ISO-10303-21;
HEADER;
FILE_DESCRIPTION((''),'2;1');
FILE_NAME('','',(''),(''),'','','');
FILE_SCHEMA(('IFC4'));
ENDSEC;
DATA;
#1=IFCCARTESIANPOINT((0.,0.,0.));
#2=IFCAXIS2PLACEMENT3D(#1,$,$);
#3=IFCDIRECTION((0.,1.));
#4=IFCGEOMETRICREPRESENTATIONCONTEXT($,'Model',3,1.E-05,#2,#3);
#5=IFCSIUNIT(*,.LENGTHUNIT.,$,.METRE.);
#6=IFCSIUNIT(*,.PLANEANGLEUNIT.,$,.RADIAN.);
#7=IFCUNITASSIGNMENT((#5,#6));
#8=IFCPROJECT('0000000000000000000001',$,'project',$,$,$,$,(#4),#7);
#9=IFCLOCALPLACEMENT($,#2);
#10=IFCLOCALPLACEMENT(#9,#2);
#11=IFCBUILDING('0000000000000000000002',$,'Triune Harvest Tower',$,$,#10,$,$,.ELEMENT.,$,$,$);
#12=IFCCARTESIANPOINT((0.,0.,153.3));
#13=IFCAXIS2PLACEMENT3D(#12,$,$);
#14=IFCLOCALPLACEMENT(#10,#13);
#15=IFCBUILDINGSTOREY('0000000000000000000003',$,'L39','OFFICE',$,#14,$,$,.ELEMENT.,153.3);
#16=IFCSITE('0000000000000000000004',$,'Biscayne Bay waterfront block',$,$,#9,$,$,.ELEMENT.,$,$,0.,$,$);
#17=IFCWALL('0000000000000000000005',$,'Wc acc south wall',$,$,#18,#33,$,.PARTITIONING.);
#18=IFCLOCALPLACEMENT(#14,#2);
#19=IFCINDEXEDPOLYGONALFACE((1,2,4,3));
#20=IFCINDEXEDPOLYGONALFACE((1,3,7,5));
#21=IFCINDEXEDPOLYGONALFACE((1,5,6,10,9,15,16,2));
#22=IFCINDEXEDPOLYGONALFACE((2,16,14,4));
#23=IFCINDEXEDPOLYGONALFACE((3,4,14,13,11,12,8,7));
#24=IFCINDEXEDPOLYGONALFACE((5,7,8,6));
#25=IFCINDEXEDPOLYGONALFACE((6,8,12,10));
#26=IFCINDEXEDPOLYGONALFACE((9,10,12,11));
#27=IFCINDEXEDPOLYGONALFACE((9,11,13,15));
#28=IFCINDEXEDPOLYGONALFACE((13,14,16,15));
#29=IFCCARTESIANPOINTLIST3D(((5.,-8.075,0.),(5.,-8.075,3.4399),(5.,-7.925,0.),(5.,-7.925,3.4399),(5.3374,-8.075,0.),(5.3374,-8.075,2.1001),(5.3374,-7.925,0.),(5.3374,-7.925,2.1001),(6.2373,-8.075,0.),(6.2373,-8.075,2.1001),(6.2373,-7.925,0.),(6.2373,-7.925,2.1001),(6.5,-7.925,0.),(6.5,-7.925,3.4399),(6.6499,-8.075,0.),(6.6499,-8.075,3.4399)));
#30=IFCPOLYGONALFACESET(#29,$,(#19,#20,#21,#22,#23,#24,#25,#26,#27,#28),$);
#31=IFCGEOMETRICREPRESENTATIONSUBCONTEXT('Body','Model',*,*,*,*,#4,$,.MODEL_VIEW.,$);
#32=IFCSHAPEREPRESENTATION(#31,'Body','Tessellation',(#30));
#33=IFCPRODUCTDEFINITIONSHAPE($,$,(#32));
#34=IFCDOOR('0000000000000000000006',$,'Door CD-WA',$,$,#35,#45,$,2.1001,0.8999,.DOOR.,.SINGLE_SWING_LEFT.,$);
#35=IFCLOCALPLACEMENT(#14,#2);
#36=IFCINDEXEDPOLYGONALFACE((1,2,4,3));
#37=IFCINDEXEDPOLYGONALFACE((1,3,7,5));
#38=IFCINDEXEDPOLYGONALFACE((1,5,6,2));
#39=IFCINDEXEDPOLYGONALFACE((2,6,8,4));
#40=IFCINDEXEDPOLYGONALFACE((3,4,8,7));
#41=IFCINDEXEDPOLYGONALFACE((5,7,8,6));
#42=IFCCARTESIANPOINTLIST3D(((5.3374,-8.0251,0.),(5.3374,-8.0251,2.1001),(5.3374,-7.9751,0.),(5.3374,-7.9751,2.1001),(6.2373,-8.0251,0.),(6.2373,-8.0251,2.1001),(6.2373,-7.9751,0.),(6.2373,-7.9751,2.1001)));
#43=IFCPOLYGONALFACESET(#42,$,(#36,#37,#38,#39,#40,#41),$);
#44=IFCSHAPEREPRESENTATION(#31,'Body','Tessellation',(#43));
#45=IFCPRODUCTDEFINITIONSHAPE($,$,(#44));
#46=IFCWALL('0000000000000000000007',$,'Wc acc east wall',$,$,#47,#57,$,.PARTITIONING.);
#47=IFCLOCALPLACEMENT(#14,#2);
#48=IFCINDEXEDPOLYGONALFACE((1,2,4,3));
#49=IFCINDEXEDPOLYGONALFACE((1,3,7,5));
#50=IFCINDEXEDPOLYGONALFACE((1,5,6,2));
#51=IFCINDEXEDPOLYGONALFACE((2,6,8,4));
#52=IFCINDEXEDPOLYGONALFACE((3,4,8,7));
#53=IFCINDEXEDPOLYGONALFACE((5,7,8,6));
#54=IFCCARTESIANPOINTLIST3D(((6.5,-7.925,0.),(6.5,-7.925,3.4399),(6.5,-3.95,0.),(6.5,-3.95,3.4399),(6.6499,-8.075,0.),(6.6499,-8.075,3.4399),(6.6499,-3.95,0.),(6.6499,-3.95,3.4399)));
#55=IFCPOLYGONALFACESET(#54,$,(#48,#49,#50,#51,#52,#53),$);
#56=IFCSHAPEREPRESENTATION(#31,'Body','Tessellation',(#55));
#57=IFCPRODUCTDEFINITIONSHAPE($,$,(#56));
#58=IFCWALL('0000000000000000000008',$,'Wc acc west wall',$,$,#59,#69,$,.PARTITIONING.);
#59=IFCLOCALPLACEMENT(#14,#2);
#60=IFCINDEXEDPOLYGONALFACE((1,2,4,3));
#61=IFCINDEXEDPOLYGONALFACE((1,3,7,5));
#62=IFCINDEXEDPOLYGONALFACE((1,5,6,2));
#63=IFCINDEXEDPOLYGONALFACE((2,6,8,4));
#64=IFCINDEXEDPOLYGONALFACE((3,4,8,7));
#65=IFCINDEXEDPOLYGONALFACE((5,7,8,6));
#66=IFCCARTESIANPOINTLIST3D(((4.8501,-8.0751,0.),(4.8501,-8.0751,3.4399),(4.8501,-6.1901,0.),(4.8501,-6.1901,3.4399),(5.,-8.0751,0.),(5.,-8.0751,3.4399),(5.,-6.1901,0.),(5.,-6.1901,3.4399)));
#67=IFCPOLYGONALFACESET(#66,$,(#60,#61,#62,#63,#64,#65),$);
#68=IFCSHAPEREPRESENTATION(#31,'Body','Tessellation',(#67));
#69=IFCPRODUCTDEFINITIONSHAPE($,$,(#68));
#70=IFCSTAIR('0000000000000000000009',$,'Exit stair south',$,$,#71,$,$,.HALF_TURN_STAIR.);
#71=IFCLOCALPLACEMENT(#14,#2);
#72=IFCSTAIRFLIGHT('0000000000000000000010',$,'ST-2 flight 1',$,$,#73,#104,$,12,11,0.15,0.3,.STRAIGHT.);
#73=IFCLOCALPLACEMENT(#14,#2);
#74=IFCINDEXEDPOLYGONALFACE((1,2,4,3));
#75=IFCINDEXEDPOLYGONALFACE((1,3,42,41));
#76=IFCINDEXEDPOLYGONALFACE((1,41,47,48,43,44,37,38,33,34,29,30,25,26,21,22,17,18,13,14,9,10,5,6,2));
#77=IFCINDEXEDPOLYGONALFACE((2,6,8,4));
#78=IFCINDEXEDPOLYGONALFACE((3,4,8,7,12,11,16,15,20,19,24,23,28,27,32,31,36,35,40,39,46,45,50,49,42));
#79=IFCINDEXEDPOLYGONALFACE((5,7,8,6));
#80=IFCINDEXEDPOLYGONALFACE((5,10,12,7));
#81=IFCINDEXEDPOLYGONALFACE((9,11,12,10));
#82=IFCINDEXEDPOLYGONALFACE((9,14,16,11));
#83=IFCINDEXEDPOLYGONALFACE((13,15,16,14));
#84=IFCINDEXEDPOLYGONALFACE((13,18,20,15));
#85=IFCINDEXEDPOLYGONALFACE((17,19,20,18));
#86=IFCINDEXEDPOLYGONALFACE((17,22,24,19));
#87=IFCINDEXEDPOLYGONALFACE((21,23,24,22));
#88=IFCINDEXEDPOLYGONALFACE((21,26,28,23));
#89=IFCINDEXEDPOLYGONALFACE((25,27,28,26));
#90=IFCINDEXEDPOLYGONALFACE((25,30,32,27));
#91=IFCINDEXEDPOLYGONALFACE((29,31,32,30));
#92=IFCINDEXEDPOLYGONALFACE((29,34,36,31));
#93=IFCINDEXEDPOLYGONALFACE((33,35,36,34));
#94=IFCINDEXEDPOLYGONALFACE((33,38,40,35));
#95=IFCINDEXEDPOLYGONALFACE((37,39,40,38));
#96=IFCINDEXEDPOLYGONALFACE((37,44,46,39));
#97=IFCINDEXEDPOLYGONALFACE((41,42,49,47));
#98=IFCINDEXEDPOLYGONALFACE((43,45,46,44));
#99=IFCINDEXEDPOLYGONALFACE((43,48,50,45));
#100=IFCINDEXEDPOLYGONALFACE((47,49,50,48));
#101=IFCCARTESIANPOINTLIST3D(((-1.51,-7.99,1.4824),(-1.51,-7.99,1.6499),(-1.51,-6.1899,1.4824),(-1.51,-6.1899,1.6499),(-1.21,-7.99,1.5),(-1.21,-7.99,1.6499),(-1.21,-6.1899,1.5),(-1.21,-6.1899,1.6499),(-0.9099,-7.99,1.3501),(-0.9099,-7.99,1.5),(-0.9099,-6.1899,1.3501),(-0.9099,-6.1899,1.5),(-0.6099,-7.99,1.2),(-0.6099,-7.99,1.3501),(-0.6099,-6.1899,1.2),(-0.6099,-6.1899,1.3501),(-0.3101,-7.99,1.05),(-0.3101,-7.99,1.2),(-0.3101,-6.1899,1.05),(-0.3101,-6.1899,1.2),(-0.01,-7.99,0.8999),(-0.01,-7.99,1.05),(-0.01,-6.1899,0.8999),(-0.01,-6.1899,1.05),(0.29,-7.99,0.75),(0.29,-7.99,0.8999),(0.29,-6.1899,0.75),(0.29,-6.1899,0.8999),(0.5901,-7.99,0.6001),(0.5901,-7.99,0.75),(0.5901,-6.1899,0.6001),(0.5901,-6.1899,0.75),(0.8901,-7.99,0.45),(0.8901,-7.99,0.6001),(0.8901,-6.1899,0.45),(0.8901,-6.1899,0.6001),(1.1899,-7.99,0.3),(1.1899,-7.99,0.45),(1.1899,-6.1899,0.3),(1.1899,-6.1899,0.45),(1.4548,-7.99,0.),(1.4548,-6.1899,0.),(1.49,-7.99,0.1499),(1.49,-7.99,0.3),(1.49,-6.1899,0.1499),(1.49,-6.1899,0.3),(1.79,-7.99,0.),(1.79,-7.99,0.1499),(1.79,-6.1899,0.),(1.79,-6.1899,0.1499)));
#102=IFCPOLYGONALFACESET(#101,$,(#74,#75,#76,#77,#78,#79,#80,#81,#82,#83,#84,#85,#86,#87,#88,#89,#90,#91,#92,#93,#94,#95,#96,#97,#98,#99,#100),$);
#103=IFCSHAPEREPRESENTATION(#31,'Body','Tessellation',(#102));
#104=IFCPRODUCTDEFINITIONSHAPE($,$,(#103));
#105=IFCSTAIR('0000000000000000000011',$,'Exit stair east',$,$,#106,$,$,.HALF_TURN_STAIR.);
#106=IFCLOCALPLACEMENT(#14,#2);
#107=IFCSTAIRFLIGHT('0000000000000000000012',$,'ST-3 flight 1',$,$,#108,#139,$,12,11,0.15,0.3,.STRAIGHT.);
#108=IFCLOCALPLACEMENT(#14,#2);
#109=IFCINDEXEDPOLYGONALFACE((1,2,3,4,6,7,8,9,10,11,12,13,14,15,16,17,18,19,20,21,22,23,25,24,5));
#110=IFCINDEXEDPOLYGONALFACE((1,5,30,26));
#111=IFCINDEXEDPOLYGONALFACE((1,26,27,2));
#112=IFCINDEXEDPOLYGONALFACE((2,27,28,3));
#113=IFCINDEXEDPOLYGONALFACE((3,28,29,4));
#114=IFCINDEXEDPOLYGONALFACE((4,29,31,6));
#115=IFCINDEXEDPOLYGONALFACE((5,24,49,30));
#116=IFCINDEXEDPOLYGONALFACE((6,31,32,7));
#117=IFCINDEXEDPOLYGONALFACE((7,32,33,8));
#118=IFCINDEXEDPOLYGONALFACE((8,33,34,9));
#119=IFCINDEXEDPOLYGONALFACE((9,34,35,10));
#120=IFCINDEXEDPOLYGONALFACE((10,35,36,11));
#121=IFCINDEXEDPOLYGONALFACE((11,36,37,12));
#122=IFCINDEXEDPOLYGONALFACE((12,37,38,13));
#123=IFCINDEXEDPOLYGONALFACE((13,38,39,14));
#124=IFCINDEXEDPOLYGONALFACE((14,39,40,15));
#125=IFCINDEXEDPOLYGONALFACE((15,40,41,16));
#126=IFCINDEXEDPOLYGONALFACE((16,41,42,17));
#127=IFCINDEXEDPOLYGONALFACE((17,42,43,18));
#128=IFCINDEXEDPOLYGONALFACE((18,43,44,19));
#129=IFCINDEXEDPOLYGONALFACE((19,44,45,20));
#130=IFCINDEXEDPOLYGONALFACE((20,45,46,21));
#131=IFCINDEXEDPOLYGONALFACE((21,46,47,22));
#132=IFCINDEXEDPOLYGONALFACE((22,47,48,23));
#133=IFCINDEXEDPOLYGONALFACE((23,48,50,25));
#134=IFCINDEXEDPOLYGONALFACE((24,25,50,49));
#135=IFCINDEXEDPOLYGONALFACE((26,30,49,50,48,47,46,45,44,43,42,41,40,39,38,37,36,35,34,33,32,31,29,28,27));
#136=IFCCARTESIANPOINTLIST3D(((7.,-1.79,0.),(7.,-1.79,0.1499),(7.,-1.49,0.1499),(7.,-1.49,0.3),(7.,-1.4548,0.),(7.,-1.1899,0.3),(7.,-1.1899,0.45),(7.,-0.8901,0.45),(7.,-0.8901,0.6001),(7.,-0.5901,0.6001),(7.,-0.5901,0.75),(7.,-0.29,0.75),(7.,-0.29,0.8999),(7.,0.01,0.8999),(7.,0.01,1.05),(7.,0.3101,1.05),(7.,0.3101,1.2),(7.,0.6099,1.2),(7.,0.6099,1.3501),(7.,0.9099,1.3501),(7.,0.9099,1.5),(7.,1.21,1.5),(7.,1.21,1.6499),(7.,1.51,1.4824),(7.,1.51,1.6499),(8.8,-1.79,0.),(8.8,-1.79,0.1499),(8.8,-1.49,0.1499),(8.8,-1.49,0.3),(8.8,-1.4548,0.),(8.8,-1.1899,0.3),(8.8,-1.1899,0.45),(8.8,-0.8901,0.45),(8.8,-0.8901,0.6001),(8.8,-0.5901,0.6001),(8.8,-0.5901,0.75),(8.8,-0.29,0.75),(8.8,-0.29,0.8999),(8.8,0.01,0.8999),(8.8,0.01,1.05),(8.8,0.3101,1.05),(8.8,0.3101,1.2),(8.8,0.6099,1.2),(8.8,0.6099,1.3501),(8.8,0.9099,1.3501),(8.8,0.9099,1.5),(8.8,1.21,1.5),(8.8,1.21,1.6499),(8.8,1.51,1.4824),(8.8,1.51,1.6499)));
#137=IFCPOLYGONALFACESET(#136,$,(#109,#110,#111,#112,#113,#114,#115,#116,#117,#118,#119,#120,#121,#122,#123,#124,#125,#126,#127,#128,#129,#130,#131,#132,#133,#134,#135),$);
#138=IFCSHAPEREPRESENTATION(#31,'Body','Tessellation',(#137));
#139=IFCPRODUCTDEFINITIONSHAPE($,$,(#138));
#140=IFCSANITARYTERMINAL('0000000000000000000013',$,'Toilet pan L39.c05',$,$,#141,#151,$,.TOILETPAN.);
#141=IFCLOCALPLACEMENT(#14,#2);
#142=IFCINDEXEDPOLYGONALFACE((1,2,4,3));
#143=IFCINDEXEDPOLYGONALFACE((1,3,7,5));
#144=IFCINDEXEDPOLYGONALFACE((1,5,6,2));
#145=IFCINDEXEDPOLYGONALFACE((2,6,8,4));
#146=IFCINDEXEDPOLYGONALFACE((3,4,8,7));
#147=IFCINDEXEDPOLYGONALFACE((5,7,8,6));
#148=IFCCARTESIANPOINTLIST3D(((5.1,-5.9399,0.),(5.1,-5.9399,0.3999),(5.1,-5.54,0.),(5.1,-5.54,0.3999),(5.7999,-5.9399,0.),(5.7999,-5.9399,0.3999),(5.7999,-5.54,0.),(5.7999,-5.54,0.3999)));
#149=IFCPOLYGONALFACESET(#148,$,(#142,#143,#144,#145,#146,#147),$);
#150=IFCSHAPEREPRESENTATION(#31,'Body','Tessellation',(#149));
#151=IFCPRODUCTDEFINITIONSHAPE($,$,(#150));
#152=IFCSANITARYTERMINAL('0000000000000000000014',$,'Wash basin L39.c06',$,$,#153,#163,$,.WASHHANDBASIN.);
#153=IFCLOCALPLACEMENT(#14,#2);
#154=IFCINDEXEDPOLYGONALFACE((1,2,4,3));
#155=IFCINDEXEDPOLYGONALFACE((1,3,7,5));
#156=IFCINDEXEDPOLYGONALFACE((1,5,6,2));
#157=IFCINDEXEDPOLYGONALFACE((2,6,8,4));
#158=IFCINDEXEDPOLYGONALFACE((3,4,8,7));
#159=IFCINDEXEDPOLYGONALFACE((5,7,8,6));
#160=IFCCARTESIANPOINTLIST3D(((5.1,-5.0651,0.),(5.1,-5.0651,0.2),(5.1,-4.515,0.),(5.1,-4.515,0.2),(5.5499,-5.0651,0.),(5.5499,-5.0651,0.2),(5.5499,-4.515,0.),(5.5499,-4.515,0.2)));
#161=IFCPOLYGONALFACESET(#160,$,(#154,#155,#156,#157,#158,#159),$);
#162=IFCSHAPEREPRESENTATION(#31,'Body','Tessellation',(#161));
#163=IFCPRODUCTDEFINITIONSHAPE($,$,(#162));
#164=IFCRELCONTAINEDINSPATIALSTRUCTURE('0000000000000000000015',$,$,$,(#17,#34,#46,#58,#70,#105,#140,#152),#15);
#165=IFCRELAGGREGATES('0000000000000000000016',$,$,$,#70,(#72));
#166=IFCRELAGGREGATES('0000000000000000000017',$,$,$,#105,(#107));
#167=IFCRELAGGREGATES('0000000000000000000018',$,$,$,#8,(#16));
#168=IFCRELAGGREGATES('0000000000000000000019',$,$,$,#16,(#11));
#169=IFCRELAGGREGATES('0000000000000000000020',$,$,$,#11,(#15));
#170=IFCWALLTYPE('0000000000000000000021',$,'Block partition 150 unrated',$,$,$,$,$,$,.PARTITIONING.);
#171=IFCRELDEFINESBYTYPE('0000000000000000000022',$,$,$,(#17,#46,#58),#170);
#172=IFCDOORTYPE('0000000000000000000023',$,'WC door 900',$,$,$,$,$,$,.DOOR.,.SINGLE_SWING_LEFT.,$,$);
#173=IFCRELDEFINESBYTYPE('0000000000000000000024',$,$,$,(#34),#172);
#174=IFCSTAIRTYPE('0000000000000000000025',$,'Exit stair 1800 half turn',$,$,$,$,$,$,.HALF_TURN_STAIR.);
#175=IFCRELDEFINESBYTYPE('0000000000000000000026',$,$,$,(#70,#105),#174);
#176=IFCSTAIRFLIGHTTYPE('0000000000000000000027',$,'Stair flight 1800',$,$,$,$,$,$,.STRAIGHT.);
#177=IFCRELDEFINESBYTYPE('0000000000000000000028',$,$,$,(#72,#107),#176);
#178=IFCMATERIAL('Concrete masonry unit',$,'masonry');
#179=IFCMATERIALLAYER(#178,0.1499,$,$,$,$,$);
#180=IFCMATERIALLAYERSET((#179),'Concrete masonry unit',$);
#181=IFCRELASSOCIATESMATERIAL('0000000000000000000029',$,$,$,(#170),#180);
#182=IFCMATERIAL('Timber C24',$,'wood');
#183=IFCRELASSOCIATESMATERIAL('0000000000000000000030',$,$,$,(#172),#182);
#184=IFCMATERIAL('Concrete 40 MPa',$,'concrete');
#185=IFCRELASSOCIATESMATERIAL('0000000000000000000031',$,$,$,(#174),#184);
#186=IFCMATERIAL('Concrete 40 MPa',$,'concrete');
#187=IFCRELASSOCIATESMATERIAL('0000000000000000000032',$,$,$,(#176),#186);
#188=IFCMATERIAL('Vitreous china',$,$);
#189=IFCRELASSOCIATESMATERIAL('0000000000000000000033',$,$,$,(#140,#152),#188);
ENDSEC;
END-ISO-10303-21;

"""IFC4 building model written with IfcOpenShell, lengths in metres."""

from ifc_helpers import new_model, si_unit, direction, frame, frame_2d, origin, origin_2d, place, context, subcontext, project, spatial, polyline, rectangle, outline, extrude, source, transform, mapped, material, layer, layer_set, type_object, element, fill, aggregate, save


model = new_model("IFC4")

# Units and contexts
model_context = context("Model", 3, precision=1e-05, world=origin(), true_north=direction((0.0, 1.0)))
body_context = subcontext(model_context, "Body", "Model", "MODEL_VIEW")
ifc_project = project(units=[si_unit("LENGTHUNIT", "METRE"), si_unit("PLANEANGLEUNIT", "RADIAN")], contexts=[model_context])

# Site, building, storey
site_placement = place(None, origin())
site = spatial("IfcSite", under=ifc_project, at=site_placement, Name="Biscayne Bay waterfront block", CompositionType="ELEMENT", RefElevation=0.0)
building_placement = place(site_placement, origin())
building = spatial("IfcBuilding", under=site, at=building_placement, Name="Triune Harvest Tower", CompositionType="ELEMENT")
storey_placement = place(building_placement, frame((0.0, 0.0, 153.3)))
storey = spatial("IfcBuildingStorey", under=building, at=storey_placement, Name="L39", Description="OFFICE", CompositionType="ELEMENT", Elevation=153.3)

# Wall, opening, door
ifc_material_1 = material(Name="Concrete masonry unit", Category="masonry")
ifc_layer_1 = layer(ifc_material_1, 0.1499)
ifc_layer_set_1 = layer_set([ifc_layer_1], Name="Concrete masonry unit")
wall_type_1 = type_object("IfcWallType", Name="Block partition 150 unrated", PredefinedType="PARTITIONING", material=ifc_layer_set_1)
shared_shape_1 = source(origin(), body_context, "Body", "SweptSolid", [
    extrude(outline(polyline([(0.0, -0.075), (1.6499, -0.075), (1.5, 0.075), (0.0, 0.075), (0.0, -0.075)])), origin(), (0.0, 0.0, 1.0), 3.4399),
])
wall_1_placement = place(storey_placement, frame((5.0, -8.0, 0.0), z_axis=(0.0, 0.0, 1.0), x_axis=(1.0, 0.0, 0.0)))
wall_1 = element("IfcWall", 1, at=wall_1_placement, inside=storey, type_object=wall_type_1, Name="Wc acc south wall", PredefinedType="PARTITIONING", context=body_context, shape_type="MappedRepresentation", body=[
    mapped(shared_shape_1, transform((0.0, 0.0, 0.0), scale=1.0)),
])
opening_1_placement = place(wall_1_placement, frame((0.3374, 0.0, 0.0)))
opening_1 = element("IfcOpeningElement", 2, at=opening_1_placement, cuts=wall_1, PredefinedType="OPENING", context=body_context, shape_type="SweptSolid", body=[
    extrude(rectangle(XDim=0.8999, YDim=2.1001, at=frame_2d((0.45, 1.05))), frame((0.0, 0.085, 0.0), z_axis=(0.0, -1.0, 0.0), x_axis=(1.0, 0.0, 0.0)), (0.0, 0.0, 1.0), 0.1699),
])
ifc_material_2 = material(Name="Timber C24", Category="wood")
door_type_1 = type_object("IfcDoorType", Name="WC door 900", OperationType="SINGLE_SWING_LEFT", PredefinedType="DOOR", material=ifc_material_2)
door_1_placement = place(opening_1_placement, origin())
door_1 = element("IfcDoor", 3, at=door_1_placement, inside=storey, type_object=door_type_1, Name="Door CD-WA", OperationType="SINGLE_SWING_LEFT", OverallHeight=2.1001, OverallWidth=0.8999, PredefinedType="DOOR", context=body_context, shape_type="SweptSolid", body=[
    extrude(rectangle(XDim=0.8999, YDim=2.1001, at=frame_2d((0.45, 1.05))), frame((0.0, 0.0249, 0.0), z_axis=(0.0, -1.0, 0.0), x_axis=(1.0, 0.0, 0.0)), (0.0, 0.0, 1.0), 0.05),
])
fill(opening_1, door_1)

# Walls
shared_shape_2 = source(origin(), body_context, "Body", "SweptSolid", [
    extrude(outline(polyline([(-0.075, -0.075), (4.05, -0.075), (4.05, 0.075), (0.075, 0.075), (-0.075, -0.075)])), origin(), (0.0, 0.0, 1.0), 3.4399),
])
wall_2_placement = place(storey_placement, frame((6.575, -8.0, 0.0), z_axis=(0.0, 0.0, 1.0), x_axis=(0.0, 1.0, 0.0)))
element("IfcWall", 4, at=wall_2_placement, inside=storey, type_object=wall_type_1, Name="Wc acc east wall", PredefinedType="PARTITIONING", context=body_context, shape_type="MappedRepresentation", body=[
    mapped(shared_shape_2, transform((0.0, 0.0, 0.0), scale=1.0)),
])
shared_shape_3 = source(origin(), body_context, "Body", "SweptSolid", [
    extrude(rectangle(XDim=1.885, YDim=0.1499, at=frame_2d((0.9424, 0.0))), origin(), (0.0, 0.0, 1.0), 3.4399),
])
wall_3_placement = place(storey_placement, frame((4.925, -8.075, 0.0), z_axis=(0.0, 0.0, 1.0), x_axis=(0.0, 1.0, 0.0)))
element("IfcWall", 5, at=wall_3_placement, inside=storey, type_object=wall_type_1, Name="Wc acc west wall", PredefinedType="PARTITIONING", context=body_context, shape_type="MappedRepresentation", body=[
    mapped(shared_shape_3, transform((0.0, 0.0, 0.0), scale=1.0)),
])

# Stairs, stair flights
ifc_material_3 = material(Name="Concrete 40 MPa", Category="concrete")
stair_type = type_object("IfcStairType", Name="Exit stair 1800 half turn", PredefinedType="HALF_TURN_STAIR", material=ifc_material_3)
stair_1_placement = place(storey_placement, origin())
stair_1 = element("IfcStair", 6, at=stair_1_placement, inside=storey, type_object=stair_type, Name="Exit stair south", PredefinedType="HALF_TURN_STAIR")
ifc_material_4 = material(Name="Concrete 40 MPa", Category="concrete")
stair_flight_type = type_object("IfcStairFlightType", Name="Stair flight 1800", PredefinedType="STRAIGHT", material=ifc_material_4)
shared_shape_4 = source(origin(), body_context, "Body", "SweptSolid", [
    extrude(outline(polyline([(0.0, 0.0), (0.0, 0.1499), (0.3, 0.1499), (0.3, 0.3), (0.6001, 0.3), (0.6001, 0.45), (0.8999, 0.45), (0.8999, 0.6001), (1.2, 0.6001), (1.2, 0.75), (1.5, 0.75), (1.5, 0.8999), (1.8, 0.8999), (1.8, 1.05), (2.1001, 1.05), (2.1001, 1.2), (2.3999, 1.2), (2.3999, 1.3501), (2.7, 1.3501), (2.7, 1.5), (3.0, 1.5), (3.0, 1.6499), (3.3, 1.6499), (3.3, 1.8), (3.3, 1.4824), (0.3352, 0.0), (0.0, 0.0)])), frame((0.0, 0.8999, 0.0), z_axis=(0.0, -1.0, 0.0), x_axis=(1.0, 0.0, 0.0)), (0.0, 0.0, 1.0), 1.8),
])
stair_flight_1_placement = place(storey_placement, frame((1.79, -7.0901, 0.0), z_axis=(0.0, 0.0, 1.0), x_axis=(-1.0, 0.0, 0.0)))
stair_flight_1 = element("IfcStairFlight", 7, at=stair_flight_1_placement, type_object=stair_flight_type, Name="ST-2 flight 1", NumberOfRisers=12, NumberOfTreads=11, PredefinedType="STRAIGHT", RiserHeight=0.15, TreadLength=0.3, context=body_context, shape_type="MappedRepresentation", body=[
    mapped(shared_shape_4, transform((0.0, 0.0, 0.0), scale=1.0)),
])
aggregate(stair_1, [stair_flight_1])
stair_2_placement = place(storey_placement, origin())
stair_2 = element("IfcStair", 8, at=stair_2_placement, inside=storey, type_object=stair_type, Name="Exit stair east", PredefinedType="HALF_TURN_STAIR")
stair_flight_2_placement = place(storey_placement, frame((7.8999, -1.79, 0.0), z_axis=(0.0, 0.0, 1.0), x_axis=(0.0, 1.0, 0.0)))
stair_flight_2 = element("IfcStairFlight", 9, at=stair_flight_2_placement, type_object=stair_flight_type, Name="ST-3 flight 1", NumberOfRisers=12, NumberOfTreads=11, PredefinedType="STRAIGHT", RiserHeight=0.15, TreadLength=0.3, context=body_context, shape_type="MappedRepresentation", body=[
    mapped(shared_shape_4, transform((0.0, 0.0, 0.0), scale=1.0)),
])
aggregate(stair_2, [stair_flight_2])

# Sanitary terminals
ifc_material_5 = material(Name="Vitreous china")
shared_shape_5 = source(origin(), body_context, "Body", "SweptSolid", [
    extrude(rectangle(XDim=0.3999, YDim=0.7, at=origin_2d()), origin(), (0.0, 0.0, 1.0), 0.3999),
])
sanitary_terminal_1_placement = place(storey_placement, frame((5.45, -5.74, 0.0), z_axis=(0.0, 0.0, 1.0), x_axis=(0.0, 1.0, 0.0)))
element("IfcSanitaryTerminal", 10, at=sanitary_terminal_1_placement, inside=storey, material=ifc_material_5, Name="Toilet pan L39.c05", PredefinedType="TOILETPAN", context=body_context, shape_type="MappedRepresentation", body=[
    mapped(shared_shape_5, transform((0.0, 0.0, 0.0), scale=1.0)),
])
shared_shape_6 = source(origin(), body_context, "Body", "SweptSolid", [
    extrude(rectangle(XDim=0.55, YDim=0.45, at=origin_2d()), origin(), (0.0, 0.0, 1.0), 0.2),
])
sanitary_terminal_2_placement = place(storey_placement, frame((5.325, -4.79, 0.0), z_axis=(0.0, 0.0, 1.0), x_axis=(0.0, 1.0, 0.0)))
element("IfcSanitaryTerminal", 11, at=sanitary_terminal_2_placement, inside=storey, material=ifc_material_5, Name="Wash basin L39.c06", PredefinedType="WASHHANDBASIN", context=body_context, shape_type="MappedRepresentation", body=[
    mapped(shared_shape_6, transform((0.0, 0.0, 0.0), scale=1.0)),
])

save(model, "model.ifc")
